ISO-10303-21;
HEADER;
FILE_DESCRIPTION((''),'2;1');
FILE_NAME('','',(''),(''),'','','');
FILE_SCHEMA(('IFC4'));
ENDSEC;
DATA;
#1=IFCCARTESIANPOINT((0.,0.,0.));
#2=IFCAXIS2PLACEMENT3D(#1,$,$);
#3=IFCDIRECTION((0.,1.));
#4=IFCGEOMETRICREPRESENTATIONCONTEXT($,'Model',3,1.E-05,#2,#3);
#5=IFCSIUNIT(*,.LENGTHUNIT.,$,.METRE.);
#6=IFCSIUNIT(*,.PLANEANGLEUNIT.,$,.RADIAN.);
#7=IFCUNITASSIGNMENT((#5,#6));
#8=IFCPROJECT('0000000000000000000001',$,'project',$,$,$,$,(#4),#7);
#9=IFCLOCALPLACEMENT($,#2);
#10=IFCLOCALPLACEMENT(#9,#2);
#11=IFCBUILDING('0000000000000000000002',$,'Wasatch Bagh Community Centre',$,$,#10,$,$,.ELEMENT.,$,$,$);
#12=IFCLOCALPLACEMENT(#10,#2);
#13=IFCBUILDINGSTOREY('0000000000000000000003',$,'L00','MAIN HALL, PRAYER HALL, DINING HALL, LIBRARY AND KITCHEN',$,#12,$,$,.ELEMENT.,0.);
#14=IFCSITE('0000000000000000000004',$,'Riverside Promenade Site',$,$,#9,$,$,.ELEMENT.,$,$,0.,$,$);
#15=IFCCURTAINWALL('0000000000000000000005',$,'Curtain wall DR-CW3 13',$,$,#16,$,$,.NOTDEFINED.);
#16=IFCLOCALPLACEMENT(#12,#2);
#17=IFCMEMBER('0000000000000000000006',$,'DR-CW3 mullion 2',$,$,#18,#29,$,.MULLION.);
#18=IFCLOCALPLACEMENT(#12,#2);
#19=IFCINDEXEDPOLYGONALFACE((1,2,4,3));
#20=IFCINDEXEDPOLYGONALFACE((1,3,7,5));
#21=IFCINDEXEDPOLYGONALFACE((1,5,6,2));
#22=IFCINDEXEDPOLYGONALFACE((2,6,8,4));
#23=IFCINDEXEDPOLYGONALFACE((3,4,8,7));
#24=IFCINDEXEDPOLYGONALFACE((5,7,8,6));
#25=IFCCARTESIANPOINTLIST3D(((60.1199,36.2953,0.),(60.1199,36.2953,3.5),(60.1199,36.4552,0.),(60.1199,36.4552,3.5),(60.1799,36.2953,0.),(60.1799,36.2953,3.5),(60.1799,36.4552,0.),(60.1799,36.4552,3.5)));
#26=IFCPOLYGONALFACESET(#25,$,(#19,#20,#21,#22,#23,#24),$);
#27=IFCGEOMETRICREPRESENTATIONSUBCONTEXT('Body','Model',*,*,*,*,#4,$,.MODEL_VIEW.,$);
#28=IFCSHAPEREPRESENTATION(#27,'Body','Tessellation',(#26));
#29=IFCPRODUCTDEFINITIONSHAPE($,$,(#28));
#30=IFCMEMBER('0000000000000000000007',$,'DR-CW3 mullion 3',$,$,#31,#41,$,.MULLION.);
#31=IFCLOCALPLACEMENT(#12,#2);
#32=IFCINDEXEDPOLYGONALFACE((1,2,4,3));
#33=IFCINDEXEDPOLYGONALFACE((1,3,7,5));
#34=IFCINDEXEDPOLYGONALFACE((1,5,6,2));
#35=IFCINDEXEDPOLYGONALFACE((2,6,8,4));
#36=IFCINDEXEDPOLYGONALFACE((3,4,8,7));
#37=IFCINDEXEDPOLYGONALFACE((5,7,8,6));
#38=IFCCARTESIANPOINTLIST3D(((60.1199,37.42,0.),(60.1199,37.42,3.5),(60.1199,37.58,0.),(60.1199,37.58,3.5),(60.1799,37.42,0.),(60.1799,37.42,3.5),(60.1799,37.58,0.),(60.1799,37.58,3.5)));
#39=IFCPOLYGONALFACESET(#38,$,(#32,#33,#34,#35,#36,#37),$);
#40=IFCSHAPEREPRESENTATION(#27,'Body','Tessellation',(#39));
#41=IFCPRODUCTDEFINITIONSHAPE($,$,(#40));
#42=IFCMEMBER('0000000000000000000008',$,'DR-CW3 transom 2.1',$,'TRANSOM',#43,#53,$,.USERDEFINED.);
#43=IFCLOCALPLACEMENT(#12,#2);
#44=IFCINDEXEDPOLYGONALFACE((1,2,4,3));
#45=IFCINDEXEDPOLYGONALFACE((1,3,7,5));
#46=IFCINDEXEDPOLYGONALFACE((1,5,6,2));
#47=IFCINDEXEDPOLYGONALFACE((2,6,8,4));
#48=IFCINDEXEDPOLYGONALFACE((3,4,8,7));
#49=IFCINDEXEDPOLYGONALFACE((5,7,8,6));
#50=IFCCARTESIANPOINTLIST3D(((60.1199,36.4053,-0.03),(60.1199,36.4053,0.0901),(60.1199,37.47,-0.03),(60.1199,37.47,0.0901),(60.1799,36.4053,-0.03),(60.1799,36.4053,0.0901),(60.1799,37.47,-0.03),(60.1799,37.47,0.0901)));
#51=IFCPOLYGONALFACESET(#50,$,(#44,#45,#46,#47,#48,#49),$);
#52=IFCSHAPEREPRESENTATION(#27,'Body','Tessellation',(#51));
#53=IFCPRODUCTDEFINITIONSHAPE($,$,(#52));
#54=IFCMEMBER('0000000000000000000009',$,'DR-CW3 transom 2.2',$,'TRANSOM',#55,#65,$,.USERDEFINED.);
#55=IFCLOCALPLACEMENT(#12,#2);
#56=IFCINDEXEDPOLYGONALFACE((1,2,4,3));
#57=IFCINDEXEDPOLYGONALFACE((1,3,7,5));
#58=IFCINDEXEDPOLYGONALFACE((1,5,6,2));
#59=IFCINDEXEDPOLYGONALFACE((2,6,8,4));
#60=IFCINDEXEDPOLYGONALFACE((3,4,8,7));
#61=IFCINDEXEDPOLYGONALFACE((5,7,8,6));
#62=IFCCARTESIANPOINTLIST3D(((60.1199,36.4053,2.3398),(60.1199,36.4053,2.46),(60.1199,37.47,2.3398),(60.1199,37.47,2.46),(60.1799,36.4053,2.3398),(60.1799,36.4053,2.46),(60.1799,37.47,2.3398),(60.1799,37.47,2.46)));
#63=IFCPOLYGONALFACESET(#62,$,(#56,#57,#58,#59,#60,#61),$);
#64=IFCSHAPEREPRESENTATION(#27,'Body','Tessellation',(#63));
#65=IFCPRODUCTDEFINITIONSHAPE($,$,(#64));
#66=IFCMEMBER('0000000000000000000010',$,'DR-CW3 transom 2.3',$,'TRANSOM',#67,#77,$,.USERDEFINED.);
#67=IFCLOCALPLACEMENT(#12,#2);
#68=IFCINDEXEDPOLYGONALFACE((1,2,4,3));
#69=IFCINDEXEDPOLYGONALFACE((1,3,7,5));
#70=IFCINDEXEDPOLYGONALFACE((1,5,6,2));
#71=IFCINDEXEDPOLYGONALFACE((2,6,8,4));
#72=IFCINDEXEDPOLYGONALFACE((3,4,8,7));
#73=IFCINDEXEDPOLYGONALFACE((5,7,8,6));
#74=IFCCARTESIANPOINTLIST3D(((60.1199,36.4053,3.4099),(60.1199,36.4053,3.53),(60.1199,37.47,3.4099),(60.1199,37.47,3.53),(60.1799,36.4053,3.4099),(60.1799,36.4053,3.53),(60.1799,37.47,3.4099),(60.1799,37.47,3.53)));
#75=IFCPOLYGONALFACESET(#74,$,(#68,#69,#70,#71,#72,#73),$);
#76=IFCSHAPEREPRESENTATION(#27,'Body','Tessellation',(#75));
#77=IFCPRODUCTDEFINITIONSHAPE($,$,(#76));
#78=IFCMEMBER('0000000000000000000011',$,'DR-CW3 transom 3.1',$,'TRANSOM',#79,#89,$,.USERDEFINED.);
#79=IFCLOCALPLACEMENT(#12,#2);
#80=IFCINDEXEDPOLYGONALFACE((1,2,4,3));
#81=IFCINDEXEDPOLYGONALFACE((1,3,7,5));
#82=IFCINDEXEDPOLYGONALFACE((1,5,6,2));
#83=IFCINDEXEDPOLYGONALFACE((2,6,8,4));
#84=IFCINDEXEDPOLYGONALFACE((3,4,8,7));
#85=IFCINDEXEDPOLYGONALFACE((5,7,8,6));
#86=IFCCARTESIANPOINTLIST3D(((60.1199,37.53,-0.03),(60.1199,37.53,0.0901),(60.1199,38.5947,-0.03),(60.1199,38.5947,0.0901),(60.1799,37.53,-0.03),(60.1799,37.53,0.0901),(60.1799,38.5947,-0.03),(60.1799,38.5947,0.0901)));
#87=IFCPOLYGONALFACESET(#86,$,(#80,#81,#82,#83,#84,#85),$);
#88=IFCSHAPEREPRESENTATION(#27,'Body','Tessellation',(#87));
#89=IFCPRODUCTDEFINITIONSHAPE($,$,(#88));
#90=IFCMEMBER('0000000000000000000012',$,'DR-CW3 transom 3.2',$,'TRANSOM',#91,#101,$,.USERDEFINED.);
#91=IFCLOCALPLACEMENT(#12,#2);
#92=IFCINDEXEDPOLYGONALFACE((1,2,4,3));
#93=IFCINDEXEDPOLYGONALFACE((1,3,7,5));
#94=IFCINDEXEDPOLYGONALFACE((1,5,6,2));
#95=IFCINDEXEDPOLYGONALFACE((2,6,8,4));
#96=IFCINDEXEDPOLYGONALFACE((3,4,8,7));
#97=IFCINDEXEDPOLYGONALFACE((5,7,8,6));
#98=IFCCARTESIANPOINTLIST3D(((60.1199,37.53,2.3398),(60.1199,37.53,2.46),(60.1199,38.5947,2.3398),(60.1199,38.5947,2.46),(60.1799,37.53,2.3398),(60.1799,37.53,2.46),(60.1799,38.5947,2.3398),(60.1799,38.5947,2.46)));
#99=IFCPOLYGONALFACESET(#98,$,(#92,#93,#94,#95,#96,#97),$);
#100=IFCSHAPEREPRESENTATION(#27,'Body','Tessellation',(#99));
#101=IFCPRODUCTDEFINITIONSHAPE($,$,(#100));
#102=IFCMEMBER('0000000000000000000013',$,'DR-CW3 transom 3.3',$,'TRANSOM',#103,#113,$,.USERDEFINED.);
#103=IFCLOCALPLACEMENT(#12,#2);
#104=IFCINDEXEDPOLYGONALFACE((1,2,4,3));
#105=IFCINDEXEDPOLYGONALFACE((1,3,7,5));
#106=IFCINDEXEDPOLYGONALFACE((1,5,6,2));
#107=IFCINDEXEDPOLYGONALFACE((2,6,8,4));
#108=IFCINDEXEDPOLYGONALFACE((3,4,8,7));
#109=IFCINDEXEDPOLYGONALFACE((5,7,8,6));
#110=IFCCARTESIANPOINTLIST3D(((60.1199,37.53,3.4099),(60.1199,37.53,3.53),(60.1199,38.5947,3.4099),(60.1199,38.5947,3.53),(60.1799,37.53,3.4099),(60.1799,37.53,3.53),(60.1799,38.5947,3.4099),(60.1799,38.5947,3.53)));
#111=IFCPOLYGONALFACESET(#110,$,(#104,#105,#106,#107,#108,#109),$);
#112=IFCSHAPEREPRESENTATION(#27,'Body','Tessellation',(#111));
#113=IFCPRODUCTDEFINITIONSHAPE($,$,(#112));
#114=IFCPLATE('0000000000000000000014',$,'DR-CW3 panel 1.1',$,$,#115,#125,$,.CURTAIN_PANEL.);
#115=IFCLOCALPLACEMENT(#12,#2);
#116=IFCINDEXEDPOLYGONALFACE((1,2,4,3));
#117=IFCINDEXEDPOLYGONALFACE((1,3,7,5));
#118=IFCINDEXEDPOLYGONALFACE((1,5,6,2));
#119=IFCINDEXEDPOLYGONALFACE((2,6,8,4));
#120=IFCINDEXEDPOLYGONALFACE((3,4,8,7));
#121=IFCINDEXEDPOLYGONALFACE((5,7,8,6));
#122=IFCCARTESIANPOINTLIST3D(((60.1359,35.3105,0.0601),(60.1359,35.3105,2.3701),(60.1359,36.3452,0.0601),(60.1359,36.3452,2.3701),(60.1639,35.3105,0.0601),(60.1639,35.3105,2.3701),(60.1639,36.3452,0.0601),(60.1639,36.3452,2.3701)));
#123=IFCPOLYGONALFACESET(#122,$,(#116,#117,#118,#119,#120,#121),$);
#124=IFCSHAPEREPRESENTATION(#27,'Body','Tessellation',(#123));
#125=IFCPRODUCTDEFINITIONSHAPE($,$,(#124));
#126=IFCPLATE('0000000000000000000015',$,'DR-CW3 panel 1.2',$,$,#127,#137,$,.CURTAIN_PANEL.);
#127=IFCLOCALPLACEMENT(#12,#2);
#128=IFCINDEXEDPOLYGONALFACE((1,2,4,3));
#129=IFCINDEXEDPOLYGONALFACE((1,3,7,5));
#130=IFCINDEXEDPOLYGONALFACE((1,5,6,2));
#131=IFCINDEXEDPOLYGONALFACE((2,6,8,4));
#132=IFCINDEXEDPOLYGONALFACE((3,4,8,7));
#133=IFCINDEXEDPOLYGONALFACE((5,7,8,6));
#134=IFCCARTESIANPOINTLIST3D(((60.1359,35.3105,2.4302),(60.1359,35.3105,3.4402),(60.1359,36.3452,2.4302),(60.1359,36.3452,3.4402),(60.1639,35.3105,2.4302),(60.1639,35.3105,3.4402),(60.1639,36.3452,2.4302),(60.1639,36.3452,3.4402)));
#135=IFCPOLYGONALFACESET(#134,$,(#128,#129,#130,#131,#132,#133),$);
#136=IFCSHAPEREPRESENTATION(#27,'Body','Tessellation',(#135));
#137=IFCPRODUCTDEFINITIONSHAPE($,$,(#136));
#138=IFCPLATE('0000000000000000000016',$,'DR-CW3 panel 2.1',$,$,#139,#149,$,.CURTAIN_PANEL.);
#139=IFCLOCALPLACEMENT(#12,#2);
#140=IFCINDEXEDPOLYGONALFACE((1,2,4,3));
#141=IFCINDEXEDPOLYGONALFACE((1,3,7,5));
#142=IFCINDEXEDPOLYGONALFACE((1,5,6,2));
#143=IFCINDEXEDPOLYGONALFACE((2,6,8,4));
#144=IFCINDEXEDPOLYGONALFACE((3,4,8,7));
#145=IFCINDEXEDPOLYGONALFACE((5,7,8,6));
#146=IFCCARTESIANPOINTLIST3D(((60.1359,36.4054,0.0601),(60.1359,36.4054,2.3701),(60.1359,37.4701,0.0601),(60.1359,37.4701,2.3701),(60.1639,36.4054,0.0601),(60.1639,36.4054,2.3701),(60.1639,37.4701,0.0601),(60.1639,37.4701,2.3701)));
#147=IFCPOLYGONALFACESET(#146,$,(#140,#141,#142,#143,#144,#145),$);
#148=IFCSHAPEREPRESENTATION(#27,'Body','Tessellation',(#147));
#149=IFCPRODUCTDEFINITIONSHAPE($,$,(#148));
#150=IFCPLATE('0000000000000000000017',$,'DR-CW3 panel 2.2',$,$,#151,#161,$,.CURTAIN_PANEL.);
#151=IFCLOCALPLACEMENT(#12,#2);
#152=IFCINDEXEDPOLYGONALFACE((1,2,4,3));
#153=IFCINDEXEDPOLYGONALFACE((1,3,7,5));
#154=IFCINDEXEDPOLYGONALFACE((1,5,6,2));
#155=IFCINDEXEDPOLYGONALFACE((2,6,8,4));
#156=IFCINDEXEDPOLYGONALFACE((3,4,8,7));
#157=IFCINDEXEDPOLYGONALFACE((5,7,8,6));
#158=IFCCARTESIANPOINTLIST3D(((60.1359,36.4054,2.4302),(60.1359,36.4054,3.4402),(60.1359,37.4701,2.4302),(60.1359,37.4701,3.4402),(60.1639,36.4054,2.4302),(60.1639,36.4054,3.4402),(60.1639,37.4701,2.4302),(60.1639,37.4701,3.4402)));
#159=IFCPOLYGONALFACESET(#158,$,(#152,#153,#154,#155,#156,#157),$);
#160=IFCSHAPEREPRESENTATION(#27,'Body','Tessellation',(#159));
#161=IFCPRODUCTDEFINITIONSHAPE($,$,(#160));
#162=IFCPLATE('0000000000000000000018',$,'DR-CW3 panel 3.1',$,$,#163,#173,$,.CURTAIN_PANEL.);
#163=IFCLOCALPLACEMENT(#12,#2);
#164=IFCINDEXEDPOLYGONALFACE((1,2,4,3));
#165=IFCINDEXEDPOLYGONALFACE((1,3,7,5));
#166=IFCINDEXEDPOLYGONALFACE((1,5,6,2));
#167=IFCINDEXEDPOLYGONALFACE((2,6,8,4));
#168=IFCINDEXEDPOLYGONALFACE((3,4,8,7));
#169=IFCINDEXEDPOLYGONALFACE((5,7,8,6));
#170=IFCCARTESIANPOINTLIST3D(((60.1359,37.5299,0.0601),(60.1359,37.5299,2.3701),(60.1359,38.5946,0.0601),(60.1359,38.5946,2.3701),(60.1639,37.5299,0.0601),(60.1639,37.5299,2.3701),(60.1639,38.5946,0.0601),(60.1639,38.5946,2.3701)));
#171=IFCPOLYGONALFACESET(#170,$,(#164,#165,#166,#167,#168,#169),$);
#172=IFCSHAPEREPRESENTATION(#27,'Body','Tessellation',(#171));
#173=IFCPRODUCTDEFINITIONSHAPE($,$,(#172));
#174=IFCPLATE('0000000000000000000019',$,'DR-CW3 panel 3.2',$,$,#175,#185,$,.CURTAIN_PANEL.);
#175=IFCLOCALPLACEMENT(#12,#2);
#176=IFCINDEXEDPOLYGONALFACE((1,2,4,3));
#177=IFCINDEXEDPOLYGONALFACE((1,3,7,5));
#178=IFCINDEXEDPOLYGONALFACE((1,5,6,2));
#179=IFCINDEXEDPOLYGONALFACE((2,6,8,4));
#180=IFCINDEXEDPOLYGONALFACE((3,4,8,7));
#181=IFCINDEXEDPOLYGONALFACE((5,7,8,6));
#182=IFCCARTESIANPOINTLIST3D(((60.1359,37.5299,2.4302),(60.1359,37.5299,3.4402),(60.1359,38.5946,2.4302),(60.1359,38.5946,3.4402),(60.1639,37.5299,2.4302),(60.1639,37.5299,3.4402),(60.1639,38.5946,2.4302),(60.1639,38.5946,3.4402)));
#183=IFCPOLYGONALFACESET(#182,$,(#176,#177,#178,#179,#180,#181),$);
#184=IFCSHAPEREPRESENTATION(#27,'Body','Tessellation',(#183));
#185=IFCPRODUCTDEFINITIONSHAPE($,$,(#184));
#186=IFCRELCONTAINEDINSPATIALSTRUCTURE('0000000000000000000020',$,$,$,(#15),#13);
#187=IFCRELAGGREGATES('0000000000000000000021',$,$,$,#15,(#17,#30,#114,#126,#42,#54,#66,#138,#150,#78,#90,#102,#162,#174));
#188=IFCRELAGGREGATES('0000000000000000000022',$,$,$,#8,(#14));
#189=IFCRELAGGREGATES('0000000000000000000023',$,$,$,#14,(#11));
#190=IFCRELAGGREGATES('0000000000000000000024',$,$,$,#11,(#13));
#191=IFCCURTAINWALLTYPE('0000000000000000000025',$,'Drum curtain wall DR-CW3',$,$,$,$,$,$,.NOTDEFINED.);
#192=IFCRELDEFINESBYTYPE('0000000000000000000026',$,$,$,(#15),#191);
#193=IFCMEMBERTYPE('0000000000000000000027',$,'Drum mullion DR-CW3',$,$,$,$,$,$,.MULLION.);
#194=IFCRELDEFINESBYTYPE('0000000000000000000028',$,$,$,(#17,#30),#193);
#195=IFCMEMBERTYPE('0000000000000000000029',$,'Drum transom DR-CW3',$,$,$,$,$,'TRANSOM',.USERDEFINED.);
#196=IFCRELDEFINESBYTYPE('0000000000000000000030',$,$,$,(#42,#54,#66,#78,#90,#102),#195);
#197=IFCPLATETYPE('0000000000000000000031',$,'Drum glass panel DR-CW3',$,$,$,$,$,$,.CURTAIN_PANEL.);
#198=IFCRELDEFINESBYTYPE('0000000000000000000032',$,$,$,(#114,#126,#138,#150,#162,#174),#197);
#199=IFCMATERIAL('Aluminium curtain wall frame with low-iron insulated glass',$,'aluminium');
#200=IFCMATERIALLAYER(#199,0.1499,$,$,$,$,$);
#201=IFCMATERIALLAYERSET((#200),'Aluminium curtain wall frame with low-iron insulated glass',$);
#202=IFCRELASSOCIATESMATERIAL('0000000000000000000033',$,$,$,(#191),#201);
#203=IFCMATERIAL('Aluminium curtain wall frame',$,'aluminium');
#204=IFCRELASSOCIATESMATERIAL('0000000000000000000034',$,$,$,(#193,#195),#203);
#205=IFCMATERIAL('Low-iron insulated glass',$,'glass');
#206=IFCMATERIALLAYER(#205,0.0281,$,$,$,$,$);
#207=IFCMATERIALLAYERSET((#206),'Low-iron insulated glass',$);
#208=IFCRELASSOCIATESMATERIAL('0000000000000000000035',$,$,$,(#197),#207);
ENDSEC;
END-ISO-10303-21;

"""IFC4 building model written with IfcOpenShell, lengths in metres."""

from ifc_helpers import new_model, si_unit, direction, frame, origin, origin_2d, place, context, subcontext, project, spatial, rectangle, extrude, material, layer, layer_set, material_profile, profile_set, type_object, element, aggregate, save


model = new_model("IFC4")

# Units and contexts
model_context = context("Model", 3, precision=1e-05, world=origin(), true_north=direction((0.0, 1.0)))
body_context = subcontext(model_context, "Body", "Model", "MODEL_VIEW")
ifc_project = project(units=[si_unit("LENGTHUNIT", "METRE"), si_unit("PLANEANGLEUNIT", "RADIAN")], contexts=[model_context])

# Site, building, storey
site_placement = place(None, origin())
site = spatial("IfcSite", under=ifc_project, at=site_placement, Name="Riverside Promenade Site", CompositionType="ELEMENT", RefElevation=0.0)
building_placement = place(site_placement, origin())
building = spatial("IfcBuilding", under=site, at=building_placement, Name="Wasatch Bagh Community Centre", CompositionType="ELEMENT")
storey_placement = place(building_placement, origin())
storey = spatial("IfcBuildingStorey", under=building, at=storey_placement, Name="L00", Description="MAIN HALL, PRAYER HALL, DINING HALL, LIBRARY AND KITCHEN", CompositionType="ELEMENT", Elevation=0.0)

# Curtain wall, members, plates
ifc_material_1 = material(Name="Aluminium curtain wall frame with low-iron insulated glass", Category="aluminium")
ifc_layer_1 = layer(ifc_material_1, 0.1499)
ifc_layer_set_1 = layer_set([ifc_layer_1], Name="Aluminium curtain wall frame with low-iron insulated glass")
curtain_wall_type = type_object("IfcCurtainWallType", Name="Drum curtain wall DR-CW3", PredefinedType="NOTDEFINED", material=ifc_layer_set_1)
curtain_wall_placement = place(storey_placement, origin())
curtain_wall = element("IfcCurtainWall", 1, at=curtain_wall_placement, inside=storey, type_object=curtain_wall_type, Name="Curtain wall DR-CW3 13", PredefinedType="NOTDEFINED")
ifc_material_2 = material(Name="Aluminium curtain wall frame", Category="aluminium")
ifc_material_profile_1 = material_profile(ifc_material_2, rectangle(XDim=0.0601, YDim=0.1599, at=origin_2d()), Name="Drum mullion DR-CW3")
ifc_profile_set_1 = profile_set([ifc_material_profile_1], Name="Aluminium curtain wall frame")
member_type_1 = type_object("IfcMemberType", Name="Drum mullion DR-CW3", PredefinedType="MULLION", material=ifc_profile_set_1)
member_1_placement = place(storey_placement, frame((60.1499, 36.3752, 0.0), z_axis=(0.0, 0.0, 1.0), x_axis=(-1.0, 0.0, 0.0)))
member_1 = element("IfcMember", 2, at=member_1_placement, type_object=member_type_1, Name="DR-CW3 mullion 2", PredefinedType="MULLION", context=body_context, shape_type="SweptSolid", body=[
    extrude(rectangle(XDim=0.0601, YDim=0.1599, at=origin_2d()), origin(), (0.0, 0.0, 1.0), 3.5),
])
member_2_placement = place(storey_placement, frame((60.1499, 37.5, 0.0), z_axis=(0.0, 0.0, 1.0), x_axis=(-1.0, 0.0, 0.0)))
member_2 = element("IfcMember", 3, at=member_2_placement, type_object=member_type_1, Name="DR-CW3 mullion 3", PredefinedType="MULLION", context=body_context, shape_type="SweptSolid", body=[
    extrude(rectangle(XDim=0.0601, YDim=0.1599, at=origin_2d()), origin(), (0.0, 0.0, 1.0), 3.5),
])
ifc_material_profile_2 = material_profile(ifc_material_2, rectangle(XDim=0.0601, YDim=0.1201, at=origin_2d()), Name="Drum transom DR-CW3")
ifc_profile_set_2 = profile_set([ifc_material_profile_2], Name="Aluminium curtain wall frame")
member_type_2 = type_object("IfcMemberType", Name="Drum transom DR-CW3", ElementType="TRANSOM", PredefinedType="USERDEFINED", material=ifc_profile_set_2)
member_3_placement = place(storey_placement, frame((60.1499, 36.4053, 0.03), z_axis=(0.0, 1.0, 0.0), x_axis=(-1.0, 0.0, 0.0)))
member_3 = element("IfcMember", 4, at=member_3_placement, type_object=member_type_2, Name="DR-CW3 transom 2.1", ObjectType="TRANSOM", PredefinedType="USERDEFINED", context=body_context, shape_type="SweptSolid", body=[
    extrude(rectangle(XDim=0.0601, YDim=0.1201, at=origin_2d()), origin(), (0.0, 0.0, 1.0), 1.0647),
])
member_4_placement = place(storey_placement, frame((60.1499, 36.4053, 2.3999), z_axis=(0.0, 1.0, 0.0), x_axis=(-1.0, 0.0, 0.0)))
member_4 = element("IfcMember", 5, at=member_4_placement, type_object=member_type_2, Name="DR-CW3 transom 2.2", ObjectType="TRANSOM", PredefinedType="USERDEFINED", context=body_context, shape_type="SweptSolid", body=[
    extrude(rectangle(XDim=0.0601, YDim=0.1201, at=origin_2d()), origin(), (0.0, 0.0, 1.0), 1.0647),
])
member_5_placement = place(storey_placement, frame((60.1499, 36.4053, 3.47), z_axis=(0.0, 1.0, 0.0), x_axis=(-1.0, 0.0, 0.0)))
member_5 = element("IfcMember", 6, at=member_5_placement, type_object=member_type_2, Name="DR-CW3 transom 2.3", ObjectType="TRANSOM", PredefinedType="USERDEFINED", context=body_context, shape_type="SweptSolid", body=[
    extrude(rectangle(XDim=0.0601, YDim=0.1201, at=origin_2d()), origin(), (0.0, 0.0, 1.0), 1.0647),
])
member_6_placement = place(storey_placement, frame((60.1499, 37.53, 0.03), z_axis=(0.0, 1.0, 0.0), x_axis=(-1.0, 0.0, 0.0)))
member_6 = element("IfcMember", 7, at=member_6_placement, type_object=member_type_2, Name="DR-CW3 transom 3.1", ObjectType="TRANSOM", PredefinedType="USERDEFINED", context=body_context, shape_type="SweptSolid", body=[
    extrude(rectangle(XDim=0.0601, YDim=0.1201, at=origin_2d()), origin(), (0.0, 0.0, 1.0), 1.0647),
])
member_7_placement = place(storey_placement, frame((60.1499, 37.53, 2.3999), z_axis=(0.0, 1.0, 0.0), x_axis=(-1.0, 0.0, 0.0)))
member_7 = element("IfcMember", 8, at=member_7_placement, type_object=member_type_2, Name="DR-CW3 transom 3.2", ObjectType="TRANSOM", PredefinedType="USERDEFINED", context=body_context, shape_type="SweptSolid", body=[
    extrude(rectangle(XDim=0.0601, YDim=0.1201, at=origin_2d()), origin(), (0.0, 0.0, 1.0), 1.0647),
])
member_8_placement = place(storey_placement, frame((60.1499, 37.53, 3.47), z_axis=(0.0, 1.0, 0.0), x_axis=(-1.0, 0.0, 0.0)))
member_8 = element("IfcMember", 9, at=member_8_placement, type_object=member_type_2, Name="DR-CW3 transom 3.3", ObjectType="TRANSOM", PredefinedType="USERDEFINED", context=body_context, shape_type="SweptSolid", body=[
    extrude(rectangle(XDim=0.0601, YDim=0.1201, at=origin_2d()), origin(), (0.0, 0.0, 1.0), 1.0647),
])
ifc_material_3 = material(Name="Low-iron insulated glass", Category="glass")
ifc_layer_2 = layer(ifc_material_3, 0.0281)
ifc_layer_set_2 = layer_set([ifc_layer_2], Name="Low-iron insulated glass")
plate_type = type_object("IfcPlateType", Name="Drum glass panel DR-CW3", PredefinedType="CURTAIN_PANEL", material=ifc_layer_set_2)
plate_1_placement = place(storey_placement, frame((60.1499, 35.8279, 0.0601), z_axis=(0.0, 0.0, 1.0), x_axis=(0.0, 1.0, 0.0)))
plate_1 = element("IfcPlate", 10, at=plate_1_placement, type_object=plate_type, Name="DR-CW3 panel 1.1", PredefinedType="CURTAIN_PANEL", context=body_context, shape_type="SweptSolid", body=[
    extrude(rectangle(XDim=1.0347, YDim=0.0281, at=origin_2d()), origin(), (0.0, 0.0, 1.0), 2.3101),
])
plate_2_placement = place(storey_placement, frame((60.1499, 35.8279, 2.4302), z_axis=(0.0, 0.0, 1.0), x_axis=(0.0, 1.0, 0.0)))
plate_2 = element("IfcPlate", 11, at=plate_2_placement, type_object=plate_type, Name="DR-CW3 panel 1.2", PredefinedType="CURTAIN_PANEL", context=body_context, shape_type="SweptSolid", body=[
    extrude(rectangle(XDim=1.0347, YDim=0.0281, at=origin_2d()), origin(), (0.0, 0.0, 1.0), 1.01),
])
plate_3_placement = place(storey_placement, frame((60.1499, 36.9377, 0.0601), z_axis=(0.0, 0.0, 1.0), x_axis=(0.0, 1.0, 0.0)))
plate_3 = element("IfcPlate", 12, at=plate_3_placement, type_object=plate_type, Name="DR-CW3 panel 2.1", PredefinedType="CURTAIN_PANEL", context=body_context, shape_type="SweptSolid", body=[
    extrude(rectangle(XDim=1.0647, YDim=0.0281, at=origin_2d()), origin(), (0.0, 0.0, 1.0), 2.3101),
])
plate_4_placement = place(storey_placement, frame((60.1499, 36.9377, 2.4302), z_axis=(0.0, 0.0, 1.0), x_axis=(0.0, 1.0, 0.0)))
plate_4 = element("IfcPlate", 13, at=plate_4_placement, type_object=plate_type, Name="DR-CW3 panel 2.2", PredefinedType="CURTAIN_PANEL", context=body_context, shape_type="SweptSolid", body=[
    extrude(rectangle(XDim=1.0647, YDim=0.0281, at=origin_2d()), origin(), (0.0, 0.0, 1.0), 1.01),
])
plate_5_placement = place(storey_placement, frame((60.1499, 38.0623, 0.0601), z_axis=(0.0, 0.0, 1.0), x_axis=(0.0, 1.0, 0.0)))
plate_5 = element("IfcPlate", 14, at=plate_5_placement, type_object=plate_type, Name="DR-CW3 panel 3.1", PredefinedType="CURTAIN_PANEL", context=body_context, shape_type="SweptSolid", body=[
    extrude(rectangle(XDim=1.0647, YDim=0.0281, at=origin_2d()), origin(), (0.0, 0.0, 1.0), 2.3101),
])
plate_6_placement = place(storey_placement, frame((60.1499, 38.0623, 2.4302), z_axis=(0.0, 0.0, 1.0), x_axis=(0.0, 1.0, 0.0)))
plate_6 = element("IfcPlate", 15, at=plate_6_placement, type_object=plate_type, Name="DR-CW3 panel 3.2", PredefinedType="CURTAIN_PANEL", context=body_context, shape_type="SweptSolid", body=[
    extrude(rectangle(XDim=1.0647, YDim=0.0281, at=origin_2d()), origin(), (0.0, 0.0, 1.0), 1.01),
])
aggregate(curtain_wall, [member_1, member_2, plate_1, plate_2, member_3, member_4, member_5, plate_3, plate_4, member_6, member_7, member_8, plate_5, plate_6])

save(model, "model.ifc")
